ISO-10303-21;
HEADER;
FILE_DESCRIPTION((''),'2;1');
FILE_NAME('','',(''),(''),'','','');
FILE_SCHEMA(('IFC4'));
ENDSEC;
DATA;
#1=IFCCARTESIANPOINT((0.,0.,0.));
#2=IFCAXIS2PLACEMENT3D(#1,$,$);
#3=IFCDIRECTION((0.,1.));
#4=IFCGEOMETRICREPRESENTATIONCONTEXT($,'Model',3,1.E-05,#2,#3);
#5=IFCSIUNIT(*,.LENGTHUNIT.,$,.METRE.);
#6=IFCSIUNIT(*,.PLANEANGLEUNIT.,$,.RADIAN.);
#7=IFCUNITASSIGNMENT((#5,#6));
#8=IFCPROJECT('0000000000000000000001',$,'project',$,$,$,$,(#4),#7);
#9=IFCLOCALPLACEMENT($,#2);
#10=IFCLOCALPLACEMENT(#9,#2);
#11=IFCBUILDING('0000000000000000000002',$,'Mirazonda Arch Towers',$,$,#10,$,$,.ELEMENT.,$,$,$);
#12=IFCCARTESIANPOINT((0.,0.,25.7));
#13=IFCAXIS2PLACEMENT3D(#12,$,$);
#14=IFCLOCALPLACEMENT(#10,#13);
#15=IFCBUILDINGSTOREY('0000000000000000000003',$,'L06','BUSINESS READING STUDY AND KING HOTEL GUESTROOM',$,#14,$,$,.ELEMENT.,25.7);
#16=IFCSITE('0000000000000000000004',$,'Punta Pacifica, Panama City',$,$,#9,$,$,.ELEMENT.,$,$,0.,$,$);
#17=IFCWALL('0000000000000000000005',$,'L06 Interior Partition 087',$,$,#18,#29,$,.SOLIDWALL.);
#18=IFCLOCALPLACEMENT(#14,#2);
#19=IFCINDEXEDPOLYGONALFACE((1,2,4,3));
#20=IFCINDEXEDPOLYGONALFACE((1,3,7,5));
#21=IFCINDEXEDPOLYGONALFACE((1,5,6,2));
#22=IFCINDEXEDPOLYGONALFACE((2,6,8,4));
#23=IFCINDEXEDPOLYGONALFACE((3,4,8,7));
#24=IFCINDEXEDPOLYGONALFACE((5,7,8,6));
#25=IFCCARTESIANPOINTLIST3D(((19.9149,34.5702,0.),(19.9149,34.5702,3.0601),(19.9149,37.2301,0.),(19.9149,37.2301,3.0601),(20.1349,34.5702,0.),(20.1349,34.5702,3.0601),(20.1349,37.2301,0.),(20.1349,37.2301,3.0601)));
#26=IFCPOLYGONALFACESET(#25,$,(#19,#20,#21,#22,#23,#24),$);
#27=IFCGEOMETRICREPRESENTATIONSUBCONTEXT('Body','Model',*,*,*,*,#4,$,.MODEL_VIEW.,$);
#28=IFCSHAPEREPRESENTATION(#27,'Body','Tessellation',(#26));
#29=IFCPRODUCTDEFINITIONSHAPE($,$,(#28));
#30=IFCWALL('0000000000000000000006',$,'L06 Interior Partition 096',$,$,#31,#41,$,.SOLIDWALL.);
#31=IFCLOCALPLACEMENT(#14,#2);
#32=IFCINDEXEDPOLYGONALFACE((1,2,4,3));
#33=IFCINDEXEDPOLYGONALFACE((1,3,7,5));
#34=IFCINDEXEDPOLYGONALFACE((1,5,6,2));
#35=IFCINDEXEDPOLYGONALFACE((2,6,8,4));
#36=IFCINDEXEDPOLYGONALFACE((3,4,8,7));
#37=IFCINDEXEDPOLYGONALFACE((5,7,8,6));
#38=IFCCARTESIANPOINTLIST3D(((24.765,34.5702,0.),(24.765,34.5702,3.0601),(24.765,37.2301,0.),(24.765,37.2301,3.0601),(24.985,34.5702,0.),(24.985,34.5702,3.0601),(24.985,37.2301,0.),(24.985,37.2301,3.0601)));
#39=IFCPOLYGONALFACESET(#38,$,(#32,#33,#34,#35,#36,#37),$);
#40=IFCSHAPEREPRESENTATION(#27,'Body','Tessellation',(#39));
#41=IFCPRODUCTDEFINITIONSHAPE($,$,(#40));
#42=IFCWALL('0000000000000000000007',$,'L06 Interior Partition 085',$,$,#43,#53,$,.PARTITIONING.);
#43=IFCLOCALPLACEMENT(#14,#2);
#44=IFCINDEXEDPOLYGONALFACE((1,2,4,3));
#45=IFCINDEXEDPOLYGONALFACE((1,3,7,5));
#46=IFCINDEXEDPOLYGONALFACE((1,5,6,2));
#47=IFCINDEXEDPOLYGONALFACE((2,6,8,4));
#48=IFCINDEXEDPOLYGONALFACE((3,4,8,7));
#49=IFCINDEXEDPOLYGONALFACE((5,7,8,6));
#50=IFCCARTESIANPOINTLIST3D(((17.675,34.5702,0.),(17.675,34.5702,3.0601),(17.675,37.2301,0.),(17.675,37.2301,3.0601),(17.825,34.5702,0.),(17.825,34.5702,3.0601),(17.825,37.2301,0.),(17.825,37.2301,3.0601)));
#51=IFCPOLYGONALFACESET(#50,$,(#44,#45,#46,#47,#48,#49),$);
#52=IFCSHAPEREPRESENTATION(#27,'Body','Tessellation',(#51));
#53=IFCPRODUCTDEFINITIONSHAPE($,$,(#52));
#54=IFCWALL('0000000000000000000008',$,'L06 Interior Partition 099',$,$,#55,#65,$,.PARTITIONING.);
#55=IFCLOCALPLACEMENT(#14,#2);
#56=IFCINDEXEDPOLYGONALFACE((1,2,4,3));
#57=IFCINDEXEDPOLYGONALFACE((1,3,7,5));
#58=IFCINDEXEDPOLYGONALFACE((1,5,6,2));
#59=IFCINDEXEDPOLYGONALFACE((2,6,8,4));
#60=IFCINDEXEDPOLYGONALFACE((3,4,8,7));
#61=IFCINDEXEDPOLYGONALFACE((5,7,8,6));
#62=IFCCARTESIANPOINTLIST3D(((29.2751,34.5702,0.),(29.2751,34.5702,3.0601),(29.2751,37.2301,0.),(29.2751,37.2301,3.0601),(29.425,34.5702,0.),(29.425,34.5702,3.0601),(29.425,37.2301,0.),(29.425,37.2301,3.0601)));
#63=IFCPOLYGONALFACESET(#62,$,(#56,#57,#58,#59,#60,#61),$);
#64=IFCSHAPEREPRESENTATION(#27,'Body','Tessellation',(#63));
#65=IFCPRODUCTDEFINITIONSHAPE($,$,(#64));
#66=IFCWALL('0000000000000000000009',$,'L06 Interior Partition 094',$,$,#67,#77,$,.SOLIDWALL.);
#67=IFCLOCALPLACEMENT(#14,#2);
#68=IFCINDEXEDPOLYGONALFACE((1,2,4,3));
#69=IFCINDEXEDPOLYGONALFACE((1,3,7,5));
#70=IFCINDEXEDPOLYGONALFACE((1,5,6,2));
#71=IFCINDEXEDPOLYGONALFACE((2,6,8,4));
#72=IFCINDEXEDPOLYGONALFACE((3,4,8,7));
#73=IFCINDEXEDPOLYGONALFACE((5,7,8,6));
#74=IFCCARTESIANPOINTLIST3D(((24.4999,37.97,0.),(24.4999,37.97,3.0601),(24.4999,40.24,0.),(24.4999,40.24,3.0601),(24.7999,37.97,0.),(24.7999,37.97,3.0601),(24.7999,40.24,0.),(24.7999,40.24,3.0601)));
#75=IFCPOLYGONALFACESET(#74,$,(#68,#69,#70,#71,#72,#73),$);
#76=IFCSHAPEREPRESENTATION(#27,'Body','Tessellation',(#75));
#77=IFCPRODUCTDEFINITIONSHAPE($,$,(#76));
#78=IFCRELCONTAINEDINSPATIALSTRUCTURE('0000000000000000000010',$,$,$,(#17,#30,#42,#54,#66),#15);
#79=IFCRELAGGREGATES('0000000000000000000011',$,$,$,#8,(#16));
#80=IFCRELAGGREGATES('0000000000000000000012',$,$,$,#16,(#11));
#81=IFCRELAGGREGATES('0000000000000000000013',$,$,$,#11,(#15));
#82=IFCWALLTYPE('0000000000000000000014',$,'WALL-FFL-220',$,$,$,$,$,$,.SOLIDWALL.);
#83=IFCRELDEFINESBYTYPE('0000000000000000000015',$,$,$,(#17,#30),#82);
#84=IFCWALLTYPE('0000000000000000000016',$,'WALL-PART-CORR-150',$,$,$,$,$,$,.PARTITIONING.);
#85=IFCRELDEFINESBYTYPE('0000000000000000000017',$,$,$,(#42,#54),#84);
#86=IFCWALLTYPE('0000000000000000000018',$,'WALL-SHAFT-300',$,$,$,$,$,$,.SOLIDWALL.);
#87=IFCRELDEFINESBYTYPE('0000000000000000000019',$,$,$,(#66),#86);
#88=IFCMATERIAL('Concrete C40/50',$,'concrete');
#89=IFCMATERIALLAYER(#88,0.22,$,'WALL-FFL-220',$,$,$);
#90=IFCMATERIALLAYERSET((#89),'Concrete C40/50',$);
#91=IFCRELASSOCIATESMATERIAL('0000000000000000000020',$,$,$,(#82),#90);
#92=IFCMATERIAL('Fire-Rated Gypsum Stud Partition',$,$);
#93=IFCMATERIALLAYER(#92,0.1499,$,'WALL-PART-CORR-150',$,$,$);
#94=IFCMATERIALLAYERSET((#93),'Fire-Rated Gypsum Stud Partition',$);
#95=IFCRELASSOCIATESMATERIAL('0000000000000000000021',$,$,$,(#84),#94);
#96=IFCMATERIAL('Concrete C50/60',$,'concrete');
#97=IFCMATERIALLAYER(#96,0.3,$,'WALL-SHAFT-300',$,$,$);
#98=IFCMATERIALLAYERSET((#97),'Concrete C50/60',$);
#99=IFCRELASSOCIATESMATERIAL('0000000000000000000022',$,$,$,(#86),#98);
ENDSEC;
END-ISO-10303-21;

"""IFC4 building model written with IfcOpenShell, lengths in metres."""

from ifc_helpers import new_model, si_unit, direction, frame, frame_2d, origin, place, context, subcontext, project, spatial, rectangle, extrude, material, layer, layer_set, type_object, element, save


model = new_model("IFC4")

# Units and contexts
model_context = context("Model", 3, precision=1e-05, world=origin(), true_north=direction((0.0, 1.0)))
body_context = subcontext(model_context, "Body", "Model", "MODEL_VIEW")
ifc_project = project(units=[si_unit("LENGTHUNIT", "METRE"), si_unit("PLANEANGLEUNIT", "RADIAN")], contexts=[model_context])

# Site, building, storey
site_placement = place(None, origin())
site = spatial("IfcSite", under=ifc_project, at=site_placement, Name="Punta Pacifica, Panama City", CompositionType="ELEMENT", RefElevation=0.0)
building_placement = place(site_placement, origin())
building = spatial("IfcBuilding", under=site, at=building_placement, Name="Mirazonda Arch Towers", CompositionType="ELEMENT")
storey_placement = place(building_placement, frame((0.0, 0.0, 25.7)))
storey = spatial("IfcBuildingStorey", under=building, at=storey_placement, Name="L06", Description="BUSINESS READING STUDY AND KING HOTEL GUESTROOM", CompositionType="ELEMENT", Elevation=25.7)

# Walls
ifc_material_1 = material(Name="Concrete C40/50", Category="concrete")
ifc_layer_1 = layer(ifc_material_1, 0.22, Name="WALL-FFL-220")
ifc_layer_set_1 = layer_set([ifc_layer_1], Name="Concrete C40/50")
wall_type_1 = type_object("IfcWallType", Name="WALL-FFL-220", PredefinedType="SOLIDWALL", material=ifc_layer_set_1)
for number, where, z_axis, x_axis, name in (
    (1, (20.0249, 34.5701, 0.0), (0.0, 0.0, 1.0), (0.0, 1.0, 0.0), "L06 Interior Partition 087"),
    (2, (24.875, 34.5701, 0.0), (0.0, 0.0, 1.0), (0.0, 1.0, 0.0), "L06 Interior Partition 096"),
):
    element("IfcWall", number, at=place(storey_placement, frame(where, z_axis=z_axis, x_axis=x_axis)), inside=storey, type_object=wall_type_1, Name=name, PredefinedType="SOLIDWALL", context=body_context, shape_type="SweptSolid", body=[
        extrude(rectangle(XDim=2.6599, YDim=0.22, at=frame_2d((1.3301, 0.0))), origin(), (0.0, 0.0, 1.0), 3.0601),
    ])
ifc_material_2 = material(Name="Fire-Rated Gypsum Stud Partition")
ifc_layer_2 = layer(ifc_material_2, 0.1499, Name="WALL-PART-CORR-150")
ifc_layer_set_2 = layer_set([ifc_layer_2], Name="Fire-Rated Gypsum Stud Partition")
wall_type_2 = type_object("IfcWallType", Name="WALL-PART-CORR-150", PredefinedType="PARTITIONING", material=ifc_layer_set_2)
for number, where, z_axis, x_axis, name in (
    (3, (17.75, 34.5701, 0.0), (0.0, 0.0, 1.0), (0.0, 1.0, 0.0), "L06 Interior Partition 085"),
    (4, (29.3501, 34.5701, 0.0), (0.0, 0.0, 1.0), (0.0, 1.0, 0.0), "L06 Interior Partition 099"),
):
    element("IfcWall", number, at=place(storey_placement, frame(where, z_axis=z_axis, x_axis=x_axis)), inside=storey, type_object=wall_type_2, Name=name, PredefinedType="PARTITIONING", context=body_context, shape_type="SweptSolid", body=[
        extrude(rectangle(XDim=2.6599, YDim=0.1499, at=frame_2d((1.3301, 0.0))), origin(), (0.0, 0.0, 1.0), 3.0601),
    ])
ifc_material_3 = material(Name="Concrete C50/60", Category="concrete")
ifc_layer_3 = layer(ifc_material_3, 0.3, Name="WALL-SHAFT-300")
ifc_layer_set_3 = layer_set([ifc_layer_3], Name="Concrete C50/60")
wall_type_3 = type_object("IfcWallType", Name="WALL-SHAFT-300", PredefinedType="SOLIDWALL", material=ifc_layer_set_3)
wall_1_placement = place(storey_placement, frame((24.6499, 37.97, 0.0), z_axis=(0.0, 0.0, 1.0), x_axis=(0.0, 1.0, 0.0)))
element("IfcWall", 5, at=wall_1_placement, inside=storey, type_object=wall_type_3, Name="L06 Interior Partition 094", PredefinedType="SOLIDWALL", context=body_context, shape_type="SweptSolid", body=[
    extrude(rectangle(XDim=2.27, YDim=0.3, at=frame_2d((1.135, 0.0))), origin(), (0.0, 0.0, 1.0), 3.0601),
])

save(model, "model.ifc")
